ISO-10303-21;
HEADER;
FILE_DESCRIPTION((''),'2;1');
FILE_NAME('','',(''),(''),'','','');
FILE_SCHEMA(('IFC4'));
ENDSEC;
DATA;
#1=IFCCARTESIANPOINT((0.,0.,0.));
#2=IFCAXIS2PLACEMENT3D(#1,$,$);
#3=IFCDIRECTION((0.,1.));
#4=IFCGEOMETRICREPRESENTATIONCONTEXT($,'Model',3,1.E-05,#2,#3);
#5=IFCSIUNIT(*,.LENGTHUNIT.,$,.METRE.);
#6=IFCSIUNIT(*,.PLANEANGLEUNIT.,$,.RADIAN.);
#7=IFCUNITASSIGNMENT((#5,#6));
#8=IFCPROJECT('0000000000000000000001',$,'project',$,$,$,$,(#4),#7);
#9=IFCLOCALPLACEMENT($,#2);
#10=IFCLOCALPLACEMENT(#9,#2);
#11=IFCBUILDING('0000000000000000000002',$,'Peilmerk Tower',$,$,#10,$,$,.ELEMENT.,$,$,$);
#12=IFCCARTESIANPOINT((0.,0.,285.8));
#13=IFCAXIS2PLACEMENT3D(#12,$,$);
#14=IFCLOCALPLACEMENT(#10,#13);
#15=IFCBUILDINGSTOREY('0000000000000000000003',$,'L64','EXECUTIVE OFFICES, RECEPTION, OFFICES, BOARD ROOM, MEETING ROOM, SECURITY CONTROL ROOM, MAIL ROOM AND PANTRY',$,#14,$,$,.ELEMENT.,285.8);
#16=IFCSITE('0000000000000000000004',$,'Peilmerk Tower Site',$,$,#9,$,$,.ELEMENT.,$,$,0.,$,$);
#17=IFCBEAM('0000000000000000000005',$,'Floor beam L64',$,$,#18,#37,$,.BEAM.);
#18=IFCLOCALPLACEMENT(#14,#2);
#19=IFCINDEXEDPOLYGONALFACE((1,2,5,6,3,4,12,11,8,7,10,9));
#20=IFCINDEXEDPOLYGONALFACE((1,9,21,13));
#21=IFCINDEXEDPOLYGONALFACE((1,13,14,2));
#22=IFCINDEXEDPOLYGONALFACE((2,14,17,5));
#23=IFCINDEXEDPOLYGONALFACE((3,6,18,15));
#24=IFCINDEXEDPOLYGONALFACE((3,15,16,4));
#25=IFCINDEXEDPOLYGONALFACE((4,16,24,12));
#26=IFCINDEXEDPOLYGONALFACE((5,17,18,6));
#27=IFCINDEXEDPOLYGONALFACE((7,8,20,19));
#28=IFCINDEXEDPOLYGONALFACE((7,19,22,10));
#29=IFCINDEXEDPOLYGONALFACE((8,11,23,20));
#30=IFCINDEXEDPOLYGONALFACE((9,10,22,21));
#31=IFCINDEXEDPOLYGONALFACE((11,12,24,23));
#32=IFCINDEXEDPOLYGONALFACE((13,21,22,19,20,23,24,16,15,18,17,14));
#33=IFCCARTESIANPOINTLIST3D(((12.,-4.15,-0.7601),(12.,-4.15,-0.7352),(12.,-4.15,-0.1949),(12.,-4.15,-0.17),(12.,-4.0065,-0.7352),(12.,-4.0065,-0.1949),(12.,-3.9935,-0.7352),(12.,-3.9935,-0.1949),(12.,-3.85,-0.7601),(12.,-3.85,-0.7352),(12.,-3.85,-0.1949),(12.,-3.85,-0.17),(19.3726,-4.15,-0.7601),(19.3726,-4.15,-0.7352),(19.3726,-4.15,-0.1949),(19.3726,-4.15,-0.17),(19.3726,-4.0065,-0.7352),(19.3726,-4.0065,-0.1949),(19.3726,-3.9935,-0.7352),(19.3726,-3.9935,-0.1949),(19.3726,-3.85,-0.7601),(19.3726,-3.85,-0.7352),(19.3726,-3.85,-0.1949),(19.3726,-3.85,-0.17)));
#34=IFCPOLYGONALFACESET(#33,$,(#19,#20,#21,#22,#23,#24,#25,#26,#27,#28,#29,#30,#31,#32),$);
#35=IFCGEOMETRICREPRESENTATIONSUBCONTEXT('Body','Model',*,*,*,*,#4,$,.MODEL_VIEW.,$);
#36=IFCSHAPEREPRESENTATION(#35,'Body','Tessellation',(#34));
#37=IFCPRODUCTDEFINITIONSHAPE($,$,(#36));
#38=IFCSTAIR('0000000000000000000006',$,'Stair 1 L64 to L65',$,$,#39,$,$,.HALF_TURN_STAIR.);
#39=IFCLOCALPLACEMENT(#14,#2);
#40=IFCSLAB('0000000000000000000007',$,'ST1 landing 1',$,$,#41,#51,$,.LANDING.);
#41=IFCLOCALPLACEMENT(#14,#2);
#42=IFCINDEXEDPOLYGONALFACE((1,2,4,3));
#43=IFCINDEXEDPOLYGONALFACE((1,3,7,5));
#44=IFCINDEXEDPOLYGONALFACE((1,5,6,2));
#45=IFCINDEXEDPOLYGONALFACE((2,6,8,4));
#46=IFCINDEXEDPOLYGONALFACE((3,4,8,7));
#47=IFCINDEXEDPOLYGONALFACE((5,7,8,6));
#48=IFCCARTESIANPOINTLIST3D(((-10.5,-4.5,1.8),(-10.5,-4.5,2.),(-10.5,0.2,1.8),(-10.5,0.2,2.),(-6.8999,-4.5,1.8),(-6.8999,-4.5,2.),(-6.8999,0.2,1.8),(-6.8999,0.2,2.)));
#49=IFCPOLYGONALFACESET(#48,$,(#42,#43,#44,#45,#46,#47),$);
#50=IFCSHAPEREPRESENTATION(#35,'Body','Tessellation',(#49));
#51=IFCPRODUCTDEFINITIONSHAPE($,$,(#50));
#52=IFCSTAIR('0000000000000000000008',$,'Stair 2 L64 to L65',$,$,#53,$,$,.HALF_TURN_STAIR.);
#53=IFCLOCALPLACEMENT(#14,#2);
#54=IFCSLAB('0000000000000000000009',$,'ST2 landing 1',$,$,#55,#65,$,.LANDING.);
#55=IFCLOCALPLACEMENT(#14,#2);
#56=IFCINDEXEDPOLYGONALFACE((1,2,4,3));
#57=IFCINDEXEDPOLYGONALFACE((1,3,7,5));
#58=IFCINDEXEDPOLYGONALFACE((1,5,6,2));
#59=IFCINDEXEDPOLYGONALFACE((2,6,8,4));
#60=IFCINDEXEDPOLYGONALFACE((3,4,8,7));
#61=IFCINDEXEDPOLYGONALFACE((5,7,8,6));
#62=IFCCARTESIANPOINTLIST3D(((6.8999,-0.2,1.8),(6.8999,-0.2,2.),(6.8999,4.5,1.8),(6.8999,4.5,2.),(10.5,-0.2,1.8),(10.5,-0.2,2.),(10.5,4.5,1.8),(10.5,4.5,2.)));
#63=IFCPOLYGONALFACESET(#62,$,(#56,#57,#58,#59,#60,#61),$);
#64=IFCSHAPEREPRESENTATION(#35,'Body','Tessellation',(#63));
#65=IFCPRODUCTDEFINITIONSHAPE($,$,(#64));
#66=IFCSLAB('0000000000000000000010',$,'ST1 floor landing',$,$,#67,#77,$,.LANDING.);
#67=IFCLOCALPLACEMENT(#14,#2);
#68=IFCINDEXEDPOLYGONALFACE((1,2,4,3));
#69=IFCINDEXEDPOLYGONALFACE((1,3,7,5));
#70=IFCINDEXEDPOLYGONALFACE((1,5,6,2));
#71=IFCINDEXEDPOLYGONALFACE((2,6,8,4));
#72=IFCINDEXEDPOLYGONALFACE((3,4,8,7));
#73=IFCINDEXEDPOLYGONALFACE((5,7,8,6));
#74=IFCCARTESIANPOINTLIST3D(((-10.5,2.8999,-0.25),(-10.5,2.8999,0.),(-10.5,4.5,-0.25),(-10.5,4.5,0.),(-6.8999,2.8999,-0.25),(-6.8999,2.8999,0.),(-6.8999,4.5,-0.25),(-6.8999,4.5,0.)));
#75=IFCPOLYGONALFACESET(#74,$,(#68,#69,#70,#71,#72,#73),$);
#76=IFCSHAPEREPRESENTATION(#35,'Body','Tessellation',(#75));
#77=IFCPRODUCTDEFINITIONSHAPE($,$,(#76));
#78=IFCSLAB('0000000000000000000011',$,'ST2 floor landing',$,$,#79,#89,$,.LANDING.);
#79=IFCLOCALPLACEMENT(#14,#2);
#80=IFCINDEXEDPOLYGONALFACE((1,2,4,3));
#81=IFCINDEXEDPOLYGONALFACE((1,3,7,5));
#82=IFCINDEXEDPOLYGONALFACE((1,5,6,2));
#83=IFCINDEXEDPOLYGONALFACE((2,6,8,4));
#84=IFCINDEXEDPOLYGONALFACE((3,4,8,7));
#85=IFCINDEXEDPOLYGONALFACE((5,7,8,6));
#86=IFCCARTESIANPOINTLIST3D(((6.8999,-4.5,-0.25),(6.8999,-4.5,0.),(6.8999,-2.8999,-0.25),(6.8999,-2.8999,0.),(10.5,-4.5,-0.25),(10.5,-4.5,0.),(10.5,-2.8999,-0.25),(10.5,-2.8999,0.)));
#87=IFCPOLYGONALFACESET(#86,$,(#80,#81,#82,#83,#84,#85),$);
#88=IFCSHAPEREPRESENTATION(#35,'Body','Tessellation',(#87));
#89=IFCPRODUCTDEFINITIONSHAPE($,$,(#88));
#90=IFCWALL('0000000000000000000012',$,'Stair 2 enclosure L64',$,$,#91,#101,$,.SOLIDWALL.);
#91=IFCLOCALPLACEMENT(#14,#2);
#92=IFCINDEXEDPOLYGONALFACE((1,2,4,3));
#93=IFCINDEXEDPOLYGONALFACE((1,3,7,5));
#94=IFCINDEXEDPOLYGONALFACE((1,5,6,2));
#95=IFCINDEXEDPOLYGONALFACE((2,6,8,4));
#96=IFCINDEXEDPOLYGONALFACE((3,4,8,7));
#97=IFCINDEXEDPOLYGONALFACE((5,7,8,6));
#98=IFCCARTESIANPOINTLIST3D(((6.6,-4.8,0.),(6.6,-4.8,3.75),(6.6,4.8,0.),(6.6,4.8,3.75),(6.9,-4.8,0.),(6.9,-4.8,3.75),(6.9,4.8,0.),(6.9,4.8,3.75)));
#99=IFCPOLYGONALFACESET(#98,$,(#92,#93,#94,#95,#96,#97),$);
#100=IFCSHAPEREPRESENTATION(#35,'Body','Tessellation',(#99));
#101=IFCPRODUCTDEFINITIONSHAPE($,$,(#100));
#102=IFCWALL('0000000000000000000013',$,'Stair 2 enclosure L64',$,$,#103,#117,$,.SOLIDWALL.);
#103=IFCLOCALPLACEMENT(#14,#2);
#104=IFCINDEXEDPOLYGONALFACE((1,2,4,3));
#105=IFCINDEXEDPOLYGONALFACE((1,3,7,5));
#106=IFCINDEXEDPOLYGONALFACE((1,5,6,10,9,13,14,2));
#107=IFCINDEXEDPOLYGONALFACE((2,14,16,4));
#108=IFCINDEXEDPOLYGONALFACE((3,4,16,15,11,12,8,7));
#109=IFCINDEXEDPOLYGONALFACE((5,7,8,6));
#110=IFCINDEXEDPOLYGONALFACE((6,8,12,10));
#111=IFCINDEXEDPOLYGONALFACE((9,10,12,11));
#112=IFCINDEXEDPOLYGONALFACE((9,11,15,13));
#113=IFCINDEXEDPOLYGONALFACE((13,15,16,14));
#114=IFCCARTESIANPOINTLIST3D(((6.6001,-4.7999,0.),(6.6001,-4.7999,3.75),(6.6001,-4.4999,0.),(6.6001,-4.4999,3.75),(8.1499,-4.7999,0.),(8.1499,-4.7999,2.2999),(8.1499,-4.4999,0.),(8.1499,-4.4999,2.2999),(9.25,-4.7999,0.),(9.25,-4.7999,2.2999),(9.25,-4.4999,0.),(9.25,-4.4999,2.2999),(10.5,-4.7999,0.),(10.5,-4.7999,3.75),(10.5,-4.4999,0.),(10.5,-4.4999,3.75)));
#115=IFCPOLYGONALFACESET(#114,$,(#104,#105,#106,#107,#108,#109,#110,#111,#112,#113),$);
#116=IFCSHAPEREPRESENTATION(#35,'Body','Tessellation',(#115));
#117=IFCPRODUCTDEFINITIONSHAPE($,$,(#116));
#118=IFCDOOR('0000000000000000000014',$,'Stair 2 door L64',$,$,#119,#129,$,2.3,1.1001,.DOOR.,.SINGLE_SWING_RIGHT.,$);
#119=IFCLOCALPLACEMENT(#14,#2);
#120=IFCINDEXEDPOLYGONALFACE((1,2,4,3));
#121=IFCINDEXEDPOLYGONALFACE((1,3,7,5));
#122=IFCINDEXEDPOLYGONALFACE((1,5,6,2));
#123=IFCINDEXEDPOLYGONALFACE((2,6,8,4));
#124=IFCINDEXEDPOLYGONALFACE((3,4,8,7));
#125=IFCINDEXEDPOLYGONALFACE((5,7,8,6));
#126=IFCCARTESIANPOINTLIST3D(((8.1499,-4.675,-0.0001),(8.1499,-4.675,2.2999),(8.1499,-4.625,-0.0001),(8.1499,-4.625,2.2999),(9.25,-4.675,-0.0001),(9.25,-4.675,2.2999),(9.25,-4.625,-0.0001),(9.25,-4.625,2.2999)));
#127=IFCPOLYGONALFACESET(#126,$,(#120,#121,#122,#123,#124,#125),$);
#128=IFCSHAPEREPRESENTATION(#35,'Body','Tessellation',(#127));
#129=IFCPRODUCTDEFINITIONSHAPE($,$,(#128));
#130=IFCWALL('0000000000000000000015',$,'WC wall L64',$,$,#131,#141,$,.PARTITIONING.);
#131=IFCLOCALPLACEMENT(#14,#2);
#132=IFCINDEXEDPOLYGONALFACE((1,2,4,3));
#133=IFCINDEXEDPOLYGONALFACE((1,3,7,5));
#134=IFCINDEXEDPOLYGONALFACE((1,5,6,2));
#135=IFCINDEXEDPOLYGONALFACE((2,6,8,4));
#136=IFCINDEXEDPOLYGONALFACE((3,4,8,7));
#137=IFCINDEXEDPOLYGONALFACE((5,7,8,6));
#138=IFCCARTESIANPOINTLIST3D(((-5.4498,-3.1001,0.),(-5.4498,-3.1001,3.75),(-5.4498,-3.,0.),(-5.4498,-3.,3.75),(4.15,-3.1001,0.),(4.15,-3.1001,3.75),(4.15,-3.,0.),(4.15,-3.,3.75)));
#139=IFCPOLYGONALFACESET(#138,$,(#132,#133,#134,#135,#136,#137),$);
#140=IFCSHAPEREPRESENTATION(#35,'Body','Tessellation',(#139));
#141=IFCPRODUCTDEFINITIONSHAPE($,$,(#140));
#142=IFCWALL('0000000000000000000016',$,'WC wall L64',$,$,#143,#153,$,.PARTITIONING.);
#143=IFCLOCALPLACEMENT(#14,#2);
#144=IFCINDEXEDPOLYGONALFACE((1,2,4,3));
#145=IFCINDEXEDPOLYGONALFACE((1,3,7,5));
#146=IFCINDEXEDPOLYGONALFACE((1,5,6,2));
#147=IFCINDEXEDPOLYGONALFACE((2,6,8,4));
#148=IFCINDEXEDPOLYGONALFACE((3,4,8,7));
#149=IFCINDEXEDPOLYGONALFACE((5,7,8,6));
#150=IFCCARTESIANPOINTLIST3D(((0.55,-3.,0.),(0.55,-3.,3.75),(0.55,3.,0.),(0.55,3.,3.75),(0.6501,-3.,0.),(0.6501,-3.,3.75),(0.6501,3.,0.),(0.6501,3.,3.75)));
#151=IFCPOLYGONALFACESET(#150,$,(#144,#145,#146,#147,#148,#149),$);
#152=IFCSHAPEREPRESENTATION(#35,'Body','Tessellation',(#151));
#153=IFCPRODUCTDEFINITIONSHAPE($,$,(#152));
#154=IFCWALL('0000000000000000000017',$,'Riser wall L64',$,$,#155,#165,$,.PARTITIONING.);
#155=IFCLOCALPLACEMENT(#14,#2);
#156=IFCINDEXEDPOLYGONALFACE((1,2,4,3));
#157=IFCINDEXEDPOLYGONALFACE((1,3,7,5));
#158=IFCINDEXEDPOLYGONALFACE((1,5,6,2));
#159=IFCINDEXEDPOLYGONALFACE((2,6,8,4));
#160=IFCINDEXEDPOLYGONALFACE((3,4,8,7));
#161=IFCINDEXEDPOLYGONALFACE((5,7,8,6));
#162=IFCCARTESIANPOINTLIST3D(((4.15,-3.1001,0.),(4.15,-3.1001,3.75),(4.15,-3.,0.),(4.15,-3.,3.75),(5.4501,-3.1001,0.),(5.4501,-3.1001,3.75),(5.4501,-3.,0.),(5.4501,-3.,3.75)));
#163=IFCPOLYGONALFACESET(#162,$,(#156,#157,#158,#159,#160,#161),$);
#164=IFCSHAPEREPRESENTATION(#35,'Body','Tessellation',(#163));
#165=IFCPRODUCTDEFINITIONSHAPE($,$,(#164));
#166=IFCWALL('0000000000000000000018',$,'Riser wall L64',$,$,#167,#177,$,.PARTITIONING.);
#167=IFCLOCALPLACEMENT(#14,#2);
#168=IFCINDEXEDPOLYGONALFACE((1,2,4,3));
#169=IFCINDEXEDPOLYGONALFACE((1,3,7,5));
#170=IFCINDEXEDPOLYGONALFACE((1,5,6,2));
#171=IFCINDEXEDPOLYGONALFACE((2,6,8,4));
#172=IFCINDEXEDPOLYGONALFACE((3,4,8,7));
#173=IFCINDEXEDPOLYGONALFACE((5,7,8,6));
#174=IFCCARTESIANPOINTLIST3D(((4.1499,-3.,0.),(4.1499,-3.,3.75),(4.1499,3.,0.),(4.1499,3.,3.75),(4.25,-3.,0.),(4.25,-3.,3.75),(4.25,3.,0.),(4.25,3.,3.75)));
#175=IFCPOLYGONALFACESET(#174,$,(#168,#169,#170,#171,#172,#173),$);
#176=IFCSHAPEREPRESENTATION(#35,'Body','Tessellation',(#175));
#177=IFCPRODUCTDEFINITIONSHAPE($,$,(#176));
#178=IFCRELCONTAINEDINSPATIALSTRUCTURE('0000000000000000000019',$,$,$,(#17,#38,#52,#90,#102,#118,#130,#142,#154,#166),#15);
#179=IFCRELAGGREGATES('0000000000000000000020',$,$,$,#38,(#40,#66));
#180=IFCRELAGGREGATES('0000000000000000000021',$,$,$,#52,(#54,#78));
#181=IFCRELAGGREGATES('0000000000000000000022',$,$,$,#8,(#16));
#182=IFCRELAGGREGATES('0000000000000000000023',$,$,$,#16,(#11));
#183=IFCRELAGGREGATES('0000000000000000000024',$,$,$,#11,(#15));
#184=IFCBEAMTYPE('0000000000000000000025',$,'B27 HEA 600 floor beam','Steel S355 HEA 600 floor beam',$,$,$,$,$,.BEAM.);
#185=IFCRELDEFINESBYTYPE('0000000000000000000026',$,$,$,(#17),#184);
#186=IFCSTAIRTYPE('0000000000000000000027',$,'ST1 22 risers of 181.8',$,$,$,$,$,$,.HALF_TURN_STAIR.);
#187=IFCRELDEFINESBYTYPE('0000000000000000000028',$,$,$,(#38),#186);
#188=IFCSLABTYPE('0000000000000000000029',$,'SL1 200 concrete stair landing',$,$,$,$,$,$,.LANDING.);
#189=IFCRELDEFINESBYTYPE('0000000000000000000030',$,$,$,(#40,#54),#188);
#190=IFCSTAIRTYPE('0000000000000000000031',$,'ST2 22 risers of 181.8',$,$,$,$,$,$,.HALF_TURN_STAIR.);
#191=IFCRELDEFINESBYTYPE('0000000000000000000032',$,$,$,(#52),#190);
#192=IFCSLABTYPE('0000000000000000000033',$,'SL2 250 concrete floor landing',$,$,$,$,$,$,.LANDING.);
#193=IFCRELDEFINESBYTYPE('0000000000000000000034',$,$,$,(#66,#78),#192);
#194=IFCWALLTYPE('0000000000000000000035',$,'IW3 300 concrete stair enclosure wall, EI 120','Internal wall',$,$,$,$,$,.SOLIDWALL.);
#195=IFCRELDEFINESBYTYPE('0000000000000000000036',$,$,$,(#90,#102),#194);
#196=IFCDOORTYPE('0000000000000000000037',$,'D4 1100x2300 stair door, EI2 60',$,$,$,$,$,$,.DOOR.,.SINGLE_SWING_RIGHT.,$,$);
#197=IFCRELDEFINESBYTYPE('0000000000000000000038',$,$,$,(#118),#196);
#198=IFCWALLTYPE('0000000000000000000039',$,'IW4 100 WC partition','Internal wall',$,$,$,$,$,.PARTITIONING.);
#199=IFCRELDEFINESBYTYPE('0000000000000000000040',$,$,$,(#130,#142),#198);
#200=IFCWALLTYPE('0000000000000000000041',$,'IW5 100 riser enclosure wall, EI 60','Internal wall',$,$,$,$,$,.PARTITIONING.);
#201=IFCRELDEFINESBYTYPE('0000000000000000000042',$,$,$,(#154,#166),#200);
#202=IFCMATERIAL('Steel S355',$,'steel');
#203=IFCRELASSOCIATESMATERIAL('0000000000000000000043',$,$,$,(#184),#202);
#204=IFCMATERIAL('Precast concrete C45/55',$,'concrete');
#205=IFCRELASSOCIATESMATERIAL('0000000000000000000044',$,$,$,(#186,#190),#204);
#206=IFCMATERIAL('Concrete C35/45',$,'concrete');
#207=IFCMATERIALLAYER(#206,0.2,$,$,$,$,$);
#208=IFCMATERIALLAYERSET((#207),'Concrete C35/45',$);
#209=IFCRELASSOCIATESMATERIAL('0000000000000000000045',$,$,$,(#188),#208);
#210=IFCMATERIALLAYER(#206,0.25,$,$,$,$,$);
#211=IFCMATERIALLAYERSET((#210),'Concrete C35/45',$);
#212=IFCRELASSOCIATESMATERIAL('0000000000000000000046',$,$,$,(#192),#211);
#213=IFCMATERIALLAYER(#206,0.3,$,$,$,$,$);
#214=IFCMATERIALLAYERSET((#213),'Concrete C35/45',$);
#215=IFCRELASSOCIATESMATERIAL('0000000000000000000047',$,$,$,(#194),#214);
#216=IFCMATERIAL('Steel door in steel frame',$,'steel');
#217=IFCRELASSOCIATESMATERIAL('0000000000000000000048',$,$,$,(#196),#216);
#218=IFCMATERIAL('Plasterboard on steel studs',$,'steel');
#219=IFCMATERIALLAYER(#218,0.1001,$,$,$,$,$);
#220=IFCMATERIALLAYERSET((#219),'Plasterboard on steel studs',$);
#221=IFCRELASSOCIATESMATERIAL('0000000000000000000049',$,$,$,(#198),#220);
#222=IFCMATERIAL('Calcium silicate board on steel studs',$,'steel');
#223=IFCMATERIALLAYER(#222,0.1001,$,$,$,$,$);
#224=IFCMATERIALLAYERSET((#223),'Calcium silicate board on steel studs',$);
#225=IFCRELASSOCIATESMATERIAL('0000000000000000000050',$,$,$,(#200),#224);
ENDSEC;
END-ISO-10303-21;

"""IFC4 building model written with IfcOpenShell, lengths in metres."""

from ifc_helpers import new_model, si_unit, direction, frame, frame_2d, origin, origin_2d, place, context, subcontext, project, spatial, polyline, rectangle, i_section, outline, extrude, material, layer, layer_set, material_profile, profile_set, type_object, element, fill, aggregate, save


model = new_model("IFC4")

# Units and contexts
model_context = context("Model", 3, precision=1e-05, world=origin(), true_north=direction((0.0, 1.0)))
body_context = subcontext(model_context, "Body", "Model", "MODEL_VIEW")
ifc_project = project(units=[si_unit("LENGTHUNIT", "METRE"), si_unit("PLANEANGLEUNIT", "RADIAN")], contexts=[model_context])

# Site, building, storey
site_placement = place(None, origin())
site = spatial("IfcSite", under=ifc_project, at=site_placement, Name="Peilmerk Tower Site", CompositionType="ELEMENT", RefElevation=0.0)
building_placement = place(site_placement, origin())
building = spatial("IfcBuilding", under=site, at=building_placement, Name="Peilmerk Tower", CompositionType="ELEMENT")
storey_placement = place(building_placement, frame((0.0, 0.0, 285.8)))
storey = spatial("IfcBuildingStorey", under=building, at=storey_placement, Name="L64", Description="EXECUTIVE OFFICES, RECEPTION, OFFICES, BOARD ROOM, MEETING ROOM, SECURITY CONTROL ROOM, MAIL ROOM AND PANTRY", CompositionType="ELEMENT", Elevation=285.8)

# Beam
ifc_material_1 = material(Name="Steel S355", Category="steel")
ifc_material_profile = material_profile(ifc_material_1, i_section(OverallWidth=0.3, OverallDepth=0.5901, WebThickness=0.0129, FlangeThickness=0.0249, at=origin_2d()), Name="HEA 600")
ifc_profile_set = profile_set([ifc_material_profile], Name="Steel S355")
beam_type = type_object("IfcBeamType", Name="B27 HEA 600 floor beam", Description="Steel S355 HEA 600 floor beam", PredefinedType="BEAM", material=ifc_profile_set)
beam_placement = place(storey_placement, frame((12.0, -4.0, -0.4651), z_axis=(1.0, 0.0, 0.0), x_axis=(0.0, 1.0, 0.0)))
element("IfcBeam", 1, at=beam_placement, inside=storey, type_object=beam_type, Name="Floor beam L64", PredefinedType="BEAM", context=body_context, shape_type="SweptSolid", body=[
    extrude(i_section(OverallWidth=0.3, OverallDepth=0.5901, WebThickness=0.0129, FlangeThickness=0.0249, at=origin_2d()), origin(), (0.0, 0.0, 1.0), 7.3726),
])

# Stairs, slabs
ifc_material_2 = material(Name="Precast concrete C45/55", Category="concrete")
stair_type_1 = type_object("IfcStairType", Name="ST1 22 risers of 181.8", PredefinedType="HALF_TURN_STAIR", material=ifc_material_2)
stair_1_placement = place(storey_placement, origin())
stair_1 = element("IfcStair", 2, at=stair_1_placement, inside=storey, type_object=stair_type_1, Name="Stair 1 L64 to L65", PredefinedType="HALF_TURN_STAIR")
ifc_material_3 = material(Name="Concrete C35/45", Category="concrete")
ifc_layer_1 = layer(ifc_material_3, 0.2)
ifc_layer_set_1 = layer_set([ifc_layer_1], Name="Concrete C35/45")
slab_type_1 = type_object("IfcSlabType", Name="SL1 200 concrete stair landing", PredefinedType="LANDING", material=ifc_layer_set_1)
slab_1_placement = place(storey_placement, frame((0.0, 0.0, 1.8)))
slab_1 = element("IfcSlab", 3, at=slab_1_placement, type_object=slab_type_1, Name="ST1 landing 1", PredefinedType="LANDING", context=body_context, shape_type="SweptSolid", body=[
    extrude(outline(polyline([(-10.5, -4.5), (-6.8999, -4.5), (-6.8999, 0.2), (-10.5, 0.2), (-10.5, -4.5)])), origin(), (0.0, 0.0, 1.0), 0.2),
])
stair_type_2 = type_object("IfcStairType", Name="ST2 22 risers of 181.8", PredefinedType="HALF_TURN_STAIR", material=ifc_material_2)
stair_2_placement = place(storey_placement, origin())
stair_2 = element("IfcStair", 4, at=stair_2_placement, inside=storey, type_object=stair_type_2, Name="Stair 2 L64 to L65", PredefinedType="HALF_TURN_STAIR")
slab_2_placement = place(storey_placement, frame((0.0, 0.0, 1.8)))
slab_2 = element("IfcSlab", 5, at=slab_2_placement, type_object=slab_type_1, Name="ST2 landing 1", PredefinedType="LANDING", context=body_context, shape_type="SweptSolid", body=[
    extrude(outline(polyline([(6.8999, -0.2), (10.5, -0.2), (10.5, 4.5), (6.8999, 4.5), (6.8999, -0.2)])), origin(), (0.0, 0.0, 1.0), 0.2),
])

# Slabs
ifc_layer_2 = layer(ifc_material_3, 0.25)
ifc_layer_set_2 = layer_set([ifc_layer_2], Name="Concrete C35/45")
slab_type_2 = type_object("IfcSlabType", Name="SL2 250 concrete floor landing", PredefinedType="LANDING", material=ifc_layer_set_2)
slab_3_placement = place(storey_placement, frame((0.0, 0.0, -0.25)))
slab_3 = element("IfcSlab", 6, at=slab_3_placement, type_object=slab_type_2, Name="ST1 floor landing", PredefinedType="LANDING", context=body_context, shape_type="SweptSolid", body=[
    extrude(outline(polyline([(-10.5, 2.8999), (-6.8999, 2.8999), (-6.8999, 4.5), (-10.5, 4.5), (-10.5, 2.8999)])), origin(), (0.0, 0.0, 1.0), 0.25),
])
aggregate(stair_1, [slab_1, slab_3])
slab_4_placement = place(storey_placement, frame((0.0, 0.0, -0.25)))
slab_4 = element("IfcSlab", 7, at=slab_4_placement, type_object=slab_type_2, Name="ST2 floor landing", PredefinedType="LANDING", context=body_context, shape_type="SweptSolid", body=[
    extrude(outline(polyline([(6.8999, -4.5), (10.5, -4.5), (10.5, -2.8999), (6.8999, -2.8999), (6.8999, -4.5)])), origin(), (0.0, 0.0, 1.0), 0.25),
])

# Wall
ifc_layer_3 = layer(ifc_material_3, 0.3)
ifc_layer_set_3 = layer_set([ifc_layer_3], Name="Concrete C35/45")
wall_type_1 = type_object("IfcWallType", Name="IW3 300 concrete stair enclosure wall, EI 120", Description="Internal wall", PredefinedType="SOLIDWALL", material=ifc_layer_set_3)
wall_1_placement = place(storey_placement, frame((6.75, -4.8, 0.0), z_axis=(0.0, 0.0, 1.0), x_axis=(0.0, 1.0, 0.0)))
element("IfcWall", 8, at=wall_1_placement, inside=storey, type_object=wall_type_1, Name="Stair 2 enclosure L64", PredefinedType="SOLIDWALL", context=body_context, shape_type="SweptSolid", body=[
    extrude(rectangle(XDim=9.6001, YDim=0.3, at=frame_2d((4.8, 0.0))), origin(), (0.0, 0.0, 1.0), 3.75),
])

# Wall, opening, door
wall_2_placement = place(storey_placement, frame((10.5, -4.6499, 0.0), z_axis=(0.0, 0.0, 1.0), x_axis=(-1.0, 0.0, 0.0)))
wall_2 = element("IfcWall", 9, at=wall_2_placement, inside=storey, type_object=wall_type_1, Name="Stair 2 enclosure L64", PredefinedType="SOLIDWALL", context=body_context, shape_type="SweptSolid", body=[
    extrude(rectangle(XDim=3.8999, YDim=0.3, at=frame_2d((1.95, 0.0))), origin(), (0.0, 0.0, 1.0), 3.75),
])
opening_1_placement = place(wall_2_placement, frame((1.25, 0.0, 0.0)))
opening_1 = element("IfcOpeningElement", 10, at=opening_1_placement, cuts=wall_2, PredefinedType="OPENING", context=body_context, shape_type="SweptSolid", body=[
    extrude(rectangle(XDim=1.1001, YDim=2.3, at=frame_2d((0.55, 1.1499))), frame((0.0, 0.1599, 0.0), z_axis=(0.0, -1.0, 0.0), x_axis=(1.0, 0.0, 0.0)), (0.0, 0.0, 1.0), 0.3201),
])
ifc_material_4 = material(Name="Steel door in steel frame", Category="steel")
door_type_1 = type_object("IfcDoorType", Name="D4 1100x2300 stair door, EI2 60", OperationType="SINGLE_SWING_RIGHT", PredefinedType="DOOR", material=ifc_material_4)
door_1_placement = place(opening_1_placement, frame((1.1001, 0.0, 0.0), z_axis=(0.0, 0.0, 1.0), x_axis=(-1.0, 0.0, 0.0)))
door_1 = element("IfcDoor", 11, at=door_1_placement, inside=storey, type_object=door_type_1, Name="Stair 2 door L64", OperationType="SINGLE_SWING_RIGHT", OverallHeight=2.3, OverallWidth=1.1001, PredefinedType="DOOR", context=body_context, shape_type="SweptSolid", body=[
    extrude(rectangle(XDim=1.1001, YDim=2.3, at=frame_2d((0.55, 1.1499))), frame((0.0, 0.0249, 0.0), z_axis=(0.0, -1.0, 0.0), x_axis=(1.0, 0.0, 0.0)), (0.0, 0.0, 1.0), 0.05),
])
fill(opening_1, door_1)

# Walls
ifc_material_5 = material(Name="Plasterboard on steel studs", Category="steel")
ifc_layer_4 = layer(ifc_material_5, 0.1001)
ifc_layer_set_4 = layer_set([ifc_layer_4], Name="Plasterboard on steel studs")
wall_type_2 = type_object("IfcWallType", Name="IW4 100 WC partition", Description="Internal wall", PredefinedType="PARTITIONING", material=ifc_layer_set_4)
wall_3_placement = place(storey_placement, frame((4.1499, -3.05, 0.0), z_axis=(0.0, 0.0, 1.0), x_axis=(-1.0, 0.0, 0.0)))
element("IfcWall", 12, at=wall_3_placement, inside=storey, type_object=wall_type_2, Name="WC wall L64", PredefinedType="PARTITIONING", context=body_context, shape_type="SweptSolid", body=[
    extrude(rectangle(XDim=9.5999, YDim=0.1001, at=frame_2d((4.7998, 0.0))), origin(), (0.0, 0.0, 1.0), 3.75),
])
wall_4_placement = place(storey_placement, frame((0.6001, -3.0, 0.0), z_axis=(0.0, 0.0, 1.0), x_axis=(0.0, 1.0, 0.0)))
element("IfcWall", 13, at=wall_4_placement, inside=storey, type_object=wall_type_2, Name="WC wall L64", PredefinedType="PARTITIONING", context=body_context, shape_type="SweptSolid", body=[
    extrude(rectangle(XDim=6.0, YDim=0.1001, at=frame_2d((3.0, 0.0))), origin(), (0.0, 0.0, 1.0), 3.75),
])
ifc_material_6 = material(Name="Calcium silicate board on steel studs", Category="steel")
ifc_layer_5 = layer(ifc_material_6, 0.1001)
ifc_layer_set_5 = layer_set([ifc_layer_5], Name="Calcium silicate board on steel studs")
wall_type_3 = type_object("IfcWallType", Name="IW5 100 riser enclosure wall, EI 60", Description="Internal wall", PredefinedType="PARTITIONING", material=ifc_layer_set_5)
wall_5_placement = place(storey_placement, frame((5.45, -3.05, 0.0), z_axis=(0.0, 0.0, 1.0), x_axis=(-1.0, 0.0, 0.0)))
element("IfcWall", 14, at=wall_5_placement, inside=storey, type_object=wall_type_3, Name="Riser wall L64", PredefinedType="PARTITIONING", context=body_context, shape_type="SweptSolid", body=[
    extrude(rectangle(XDim=1.3, YDim=0.1001, at=frame_2d((0.6499, 0.0))), origin(), (0.0, 0.0, 1.0), 3.75),
])
wall_6_placement = place(storey_placement, frame((4.2, -3.0, 0.0), z_axis=(0.0, 0.0, 1.0), x_axis=(0.0, 1.0, 0.0)))
element("IfcWall", 15, at=wall_6_placement, inside=storey, type_object=wall_type_3, Name="Riser wall L64", PredefinedType="PARTITIONING", context=body_context, shape_type="SweptSolid", body=[
    extrude(rectangle(XDim=6.0, YDim=0.1001, at=frame_2d((3.0, 0.0))), origin(), (0.0, 0.0, 1.0), 3.75),
])

aggregate(stair_2, [slab_2, slab_4])

save(model, "model.ifc")
